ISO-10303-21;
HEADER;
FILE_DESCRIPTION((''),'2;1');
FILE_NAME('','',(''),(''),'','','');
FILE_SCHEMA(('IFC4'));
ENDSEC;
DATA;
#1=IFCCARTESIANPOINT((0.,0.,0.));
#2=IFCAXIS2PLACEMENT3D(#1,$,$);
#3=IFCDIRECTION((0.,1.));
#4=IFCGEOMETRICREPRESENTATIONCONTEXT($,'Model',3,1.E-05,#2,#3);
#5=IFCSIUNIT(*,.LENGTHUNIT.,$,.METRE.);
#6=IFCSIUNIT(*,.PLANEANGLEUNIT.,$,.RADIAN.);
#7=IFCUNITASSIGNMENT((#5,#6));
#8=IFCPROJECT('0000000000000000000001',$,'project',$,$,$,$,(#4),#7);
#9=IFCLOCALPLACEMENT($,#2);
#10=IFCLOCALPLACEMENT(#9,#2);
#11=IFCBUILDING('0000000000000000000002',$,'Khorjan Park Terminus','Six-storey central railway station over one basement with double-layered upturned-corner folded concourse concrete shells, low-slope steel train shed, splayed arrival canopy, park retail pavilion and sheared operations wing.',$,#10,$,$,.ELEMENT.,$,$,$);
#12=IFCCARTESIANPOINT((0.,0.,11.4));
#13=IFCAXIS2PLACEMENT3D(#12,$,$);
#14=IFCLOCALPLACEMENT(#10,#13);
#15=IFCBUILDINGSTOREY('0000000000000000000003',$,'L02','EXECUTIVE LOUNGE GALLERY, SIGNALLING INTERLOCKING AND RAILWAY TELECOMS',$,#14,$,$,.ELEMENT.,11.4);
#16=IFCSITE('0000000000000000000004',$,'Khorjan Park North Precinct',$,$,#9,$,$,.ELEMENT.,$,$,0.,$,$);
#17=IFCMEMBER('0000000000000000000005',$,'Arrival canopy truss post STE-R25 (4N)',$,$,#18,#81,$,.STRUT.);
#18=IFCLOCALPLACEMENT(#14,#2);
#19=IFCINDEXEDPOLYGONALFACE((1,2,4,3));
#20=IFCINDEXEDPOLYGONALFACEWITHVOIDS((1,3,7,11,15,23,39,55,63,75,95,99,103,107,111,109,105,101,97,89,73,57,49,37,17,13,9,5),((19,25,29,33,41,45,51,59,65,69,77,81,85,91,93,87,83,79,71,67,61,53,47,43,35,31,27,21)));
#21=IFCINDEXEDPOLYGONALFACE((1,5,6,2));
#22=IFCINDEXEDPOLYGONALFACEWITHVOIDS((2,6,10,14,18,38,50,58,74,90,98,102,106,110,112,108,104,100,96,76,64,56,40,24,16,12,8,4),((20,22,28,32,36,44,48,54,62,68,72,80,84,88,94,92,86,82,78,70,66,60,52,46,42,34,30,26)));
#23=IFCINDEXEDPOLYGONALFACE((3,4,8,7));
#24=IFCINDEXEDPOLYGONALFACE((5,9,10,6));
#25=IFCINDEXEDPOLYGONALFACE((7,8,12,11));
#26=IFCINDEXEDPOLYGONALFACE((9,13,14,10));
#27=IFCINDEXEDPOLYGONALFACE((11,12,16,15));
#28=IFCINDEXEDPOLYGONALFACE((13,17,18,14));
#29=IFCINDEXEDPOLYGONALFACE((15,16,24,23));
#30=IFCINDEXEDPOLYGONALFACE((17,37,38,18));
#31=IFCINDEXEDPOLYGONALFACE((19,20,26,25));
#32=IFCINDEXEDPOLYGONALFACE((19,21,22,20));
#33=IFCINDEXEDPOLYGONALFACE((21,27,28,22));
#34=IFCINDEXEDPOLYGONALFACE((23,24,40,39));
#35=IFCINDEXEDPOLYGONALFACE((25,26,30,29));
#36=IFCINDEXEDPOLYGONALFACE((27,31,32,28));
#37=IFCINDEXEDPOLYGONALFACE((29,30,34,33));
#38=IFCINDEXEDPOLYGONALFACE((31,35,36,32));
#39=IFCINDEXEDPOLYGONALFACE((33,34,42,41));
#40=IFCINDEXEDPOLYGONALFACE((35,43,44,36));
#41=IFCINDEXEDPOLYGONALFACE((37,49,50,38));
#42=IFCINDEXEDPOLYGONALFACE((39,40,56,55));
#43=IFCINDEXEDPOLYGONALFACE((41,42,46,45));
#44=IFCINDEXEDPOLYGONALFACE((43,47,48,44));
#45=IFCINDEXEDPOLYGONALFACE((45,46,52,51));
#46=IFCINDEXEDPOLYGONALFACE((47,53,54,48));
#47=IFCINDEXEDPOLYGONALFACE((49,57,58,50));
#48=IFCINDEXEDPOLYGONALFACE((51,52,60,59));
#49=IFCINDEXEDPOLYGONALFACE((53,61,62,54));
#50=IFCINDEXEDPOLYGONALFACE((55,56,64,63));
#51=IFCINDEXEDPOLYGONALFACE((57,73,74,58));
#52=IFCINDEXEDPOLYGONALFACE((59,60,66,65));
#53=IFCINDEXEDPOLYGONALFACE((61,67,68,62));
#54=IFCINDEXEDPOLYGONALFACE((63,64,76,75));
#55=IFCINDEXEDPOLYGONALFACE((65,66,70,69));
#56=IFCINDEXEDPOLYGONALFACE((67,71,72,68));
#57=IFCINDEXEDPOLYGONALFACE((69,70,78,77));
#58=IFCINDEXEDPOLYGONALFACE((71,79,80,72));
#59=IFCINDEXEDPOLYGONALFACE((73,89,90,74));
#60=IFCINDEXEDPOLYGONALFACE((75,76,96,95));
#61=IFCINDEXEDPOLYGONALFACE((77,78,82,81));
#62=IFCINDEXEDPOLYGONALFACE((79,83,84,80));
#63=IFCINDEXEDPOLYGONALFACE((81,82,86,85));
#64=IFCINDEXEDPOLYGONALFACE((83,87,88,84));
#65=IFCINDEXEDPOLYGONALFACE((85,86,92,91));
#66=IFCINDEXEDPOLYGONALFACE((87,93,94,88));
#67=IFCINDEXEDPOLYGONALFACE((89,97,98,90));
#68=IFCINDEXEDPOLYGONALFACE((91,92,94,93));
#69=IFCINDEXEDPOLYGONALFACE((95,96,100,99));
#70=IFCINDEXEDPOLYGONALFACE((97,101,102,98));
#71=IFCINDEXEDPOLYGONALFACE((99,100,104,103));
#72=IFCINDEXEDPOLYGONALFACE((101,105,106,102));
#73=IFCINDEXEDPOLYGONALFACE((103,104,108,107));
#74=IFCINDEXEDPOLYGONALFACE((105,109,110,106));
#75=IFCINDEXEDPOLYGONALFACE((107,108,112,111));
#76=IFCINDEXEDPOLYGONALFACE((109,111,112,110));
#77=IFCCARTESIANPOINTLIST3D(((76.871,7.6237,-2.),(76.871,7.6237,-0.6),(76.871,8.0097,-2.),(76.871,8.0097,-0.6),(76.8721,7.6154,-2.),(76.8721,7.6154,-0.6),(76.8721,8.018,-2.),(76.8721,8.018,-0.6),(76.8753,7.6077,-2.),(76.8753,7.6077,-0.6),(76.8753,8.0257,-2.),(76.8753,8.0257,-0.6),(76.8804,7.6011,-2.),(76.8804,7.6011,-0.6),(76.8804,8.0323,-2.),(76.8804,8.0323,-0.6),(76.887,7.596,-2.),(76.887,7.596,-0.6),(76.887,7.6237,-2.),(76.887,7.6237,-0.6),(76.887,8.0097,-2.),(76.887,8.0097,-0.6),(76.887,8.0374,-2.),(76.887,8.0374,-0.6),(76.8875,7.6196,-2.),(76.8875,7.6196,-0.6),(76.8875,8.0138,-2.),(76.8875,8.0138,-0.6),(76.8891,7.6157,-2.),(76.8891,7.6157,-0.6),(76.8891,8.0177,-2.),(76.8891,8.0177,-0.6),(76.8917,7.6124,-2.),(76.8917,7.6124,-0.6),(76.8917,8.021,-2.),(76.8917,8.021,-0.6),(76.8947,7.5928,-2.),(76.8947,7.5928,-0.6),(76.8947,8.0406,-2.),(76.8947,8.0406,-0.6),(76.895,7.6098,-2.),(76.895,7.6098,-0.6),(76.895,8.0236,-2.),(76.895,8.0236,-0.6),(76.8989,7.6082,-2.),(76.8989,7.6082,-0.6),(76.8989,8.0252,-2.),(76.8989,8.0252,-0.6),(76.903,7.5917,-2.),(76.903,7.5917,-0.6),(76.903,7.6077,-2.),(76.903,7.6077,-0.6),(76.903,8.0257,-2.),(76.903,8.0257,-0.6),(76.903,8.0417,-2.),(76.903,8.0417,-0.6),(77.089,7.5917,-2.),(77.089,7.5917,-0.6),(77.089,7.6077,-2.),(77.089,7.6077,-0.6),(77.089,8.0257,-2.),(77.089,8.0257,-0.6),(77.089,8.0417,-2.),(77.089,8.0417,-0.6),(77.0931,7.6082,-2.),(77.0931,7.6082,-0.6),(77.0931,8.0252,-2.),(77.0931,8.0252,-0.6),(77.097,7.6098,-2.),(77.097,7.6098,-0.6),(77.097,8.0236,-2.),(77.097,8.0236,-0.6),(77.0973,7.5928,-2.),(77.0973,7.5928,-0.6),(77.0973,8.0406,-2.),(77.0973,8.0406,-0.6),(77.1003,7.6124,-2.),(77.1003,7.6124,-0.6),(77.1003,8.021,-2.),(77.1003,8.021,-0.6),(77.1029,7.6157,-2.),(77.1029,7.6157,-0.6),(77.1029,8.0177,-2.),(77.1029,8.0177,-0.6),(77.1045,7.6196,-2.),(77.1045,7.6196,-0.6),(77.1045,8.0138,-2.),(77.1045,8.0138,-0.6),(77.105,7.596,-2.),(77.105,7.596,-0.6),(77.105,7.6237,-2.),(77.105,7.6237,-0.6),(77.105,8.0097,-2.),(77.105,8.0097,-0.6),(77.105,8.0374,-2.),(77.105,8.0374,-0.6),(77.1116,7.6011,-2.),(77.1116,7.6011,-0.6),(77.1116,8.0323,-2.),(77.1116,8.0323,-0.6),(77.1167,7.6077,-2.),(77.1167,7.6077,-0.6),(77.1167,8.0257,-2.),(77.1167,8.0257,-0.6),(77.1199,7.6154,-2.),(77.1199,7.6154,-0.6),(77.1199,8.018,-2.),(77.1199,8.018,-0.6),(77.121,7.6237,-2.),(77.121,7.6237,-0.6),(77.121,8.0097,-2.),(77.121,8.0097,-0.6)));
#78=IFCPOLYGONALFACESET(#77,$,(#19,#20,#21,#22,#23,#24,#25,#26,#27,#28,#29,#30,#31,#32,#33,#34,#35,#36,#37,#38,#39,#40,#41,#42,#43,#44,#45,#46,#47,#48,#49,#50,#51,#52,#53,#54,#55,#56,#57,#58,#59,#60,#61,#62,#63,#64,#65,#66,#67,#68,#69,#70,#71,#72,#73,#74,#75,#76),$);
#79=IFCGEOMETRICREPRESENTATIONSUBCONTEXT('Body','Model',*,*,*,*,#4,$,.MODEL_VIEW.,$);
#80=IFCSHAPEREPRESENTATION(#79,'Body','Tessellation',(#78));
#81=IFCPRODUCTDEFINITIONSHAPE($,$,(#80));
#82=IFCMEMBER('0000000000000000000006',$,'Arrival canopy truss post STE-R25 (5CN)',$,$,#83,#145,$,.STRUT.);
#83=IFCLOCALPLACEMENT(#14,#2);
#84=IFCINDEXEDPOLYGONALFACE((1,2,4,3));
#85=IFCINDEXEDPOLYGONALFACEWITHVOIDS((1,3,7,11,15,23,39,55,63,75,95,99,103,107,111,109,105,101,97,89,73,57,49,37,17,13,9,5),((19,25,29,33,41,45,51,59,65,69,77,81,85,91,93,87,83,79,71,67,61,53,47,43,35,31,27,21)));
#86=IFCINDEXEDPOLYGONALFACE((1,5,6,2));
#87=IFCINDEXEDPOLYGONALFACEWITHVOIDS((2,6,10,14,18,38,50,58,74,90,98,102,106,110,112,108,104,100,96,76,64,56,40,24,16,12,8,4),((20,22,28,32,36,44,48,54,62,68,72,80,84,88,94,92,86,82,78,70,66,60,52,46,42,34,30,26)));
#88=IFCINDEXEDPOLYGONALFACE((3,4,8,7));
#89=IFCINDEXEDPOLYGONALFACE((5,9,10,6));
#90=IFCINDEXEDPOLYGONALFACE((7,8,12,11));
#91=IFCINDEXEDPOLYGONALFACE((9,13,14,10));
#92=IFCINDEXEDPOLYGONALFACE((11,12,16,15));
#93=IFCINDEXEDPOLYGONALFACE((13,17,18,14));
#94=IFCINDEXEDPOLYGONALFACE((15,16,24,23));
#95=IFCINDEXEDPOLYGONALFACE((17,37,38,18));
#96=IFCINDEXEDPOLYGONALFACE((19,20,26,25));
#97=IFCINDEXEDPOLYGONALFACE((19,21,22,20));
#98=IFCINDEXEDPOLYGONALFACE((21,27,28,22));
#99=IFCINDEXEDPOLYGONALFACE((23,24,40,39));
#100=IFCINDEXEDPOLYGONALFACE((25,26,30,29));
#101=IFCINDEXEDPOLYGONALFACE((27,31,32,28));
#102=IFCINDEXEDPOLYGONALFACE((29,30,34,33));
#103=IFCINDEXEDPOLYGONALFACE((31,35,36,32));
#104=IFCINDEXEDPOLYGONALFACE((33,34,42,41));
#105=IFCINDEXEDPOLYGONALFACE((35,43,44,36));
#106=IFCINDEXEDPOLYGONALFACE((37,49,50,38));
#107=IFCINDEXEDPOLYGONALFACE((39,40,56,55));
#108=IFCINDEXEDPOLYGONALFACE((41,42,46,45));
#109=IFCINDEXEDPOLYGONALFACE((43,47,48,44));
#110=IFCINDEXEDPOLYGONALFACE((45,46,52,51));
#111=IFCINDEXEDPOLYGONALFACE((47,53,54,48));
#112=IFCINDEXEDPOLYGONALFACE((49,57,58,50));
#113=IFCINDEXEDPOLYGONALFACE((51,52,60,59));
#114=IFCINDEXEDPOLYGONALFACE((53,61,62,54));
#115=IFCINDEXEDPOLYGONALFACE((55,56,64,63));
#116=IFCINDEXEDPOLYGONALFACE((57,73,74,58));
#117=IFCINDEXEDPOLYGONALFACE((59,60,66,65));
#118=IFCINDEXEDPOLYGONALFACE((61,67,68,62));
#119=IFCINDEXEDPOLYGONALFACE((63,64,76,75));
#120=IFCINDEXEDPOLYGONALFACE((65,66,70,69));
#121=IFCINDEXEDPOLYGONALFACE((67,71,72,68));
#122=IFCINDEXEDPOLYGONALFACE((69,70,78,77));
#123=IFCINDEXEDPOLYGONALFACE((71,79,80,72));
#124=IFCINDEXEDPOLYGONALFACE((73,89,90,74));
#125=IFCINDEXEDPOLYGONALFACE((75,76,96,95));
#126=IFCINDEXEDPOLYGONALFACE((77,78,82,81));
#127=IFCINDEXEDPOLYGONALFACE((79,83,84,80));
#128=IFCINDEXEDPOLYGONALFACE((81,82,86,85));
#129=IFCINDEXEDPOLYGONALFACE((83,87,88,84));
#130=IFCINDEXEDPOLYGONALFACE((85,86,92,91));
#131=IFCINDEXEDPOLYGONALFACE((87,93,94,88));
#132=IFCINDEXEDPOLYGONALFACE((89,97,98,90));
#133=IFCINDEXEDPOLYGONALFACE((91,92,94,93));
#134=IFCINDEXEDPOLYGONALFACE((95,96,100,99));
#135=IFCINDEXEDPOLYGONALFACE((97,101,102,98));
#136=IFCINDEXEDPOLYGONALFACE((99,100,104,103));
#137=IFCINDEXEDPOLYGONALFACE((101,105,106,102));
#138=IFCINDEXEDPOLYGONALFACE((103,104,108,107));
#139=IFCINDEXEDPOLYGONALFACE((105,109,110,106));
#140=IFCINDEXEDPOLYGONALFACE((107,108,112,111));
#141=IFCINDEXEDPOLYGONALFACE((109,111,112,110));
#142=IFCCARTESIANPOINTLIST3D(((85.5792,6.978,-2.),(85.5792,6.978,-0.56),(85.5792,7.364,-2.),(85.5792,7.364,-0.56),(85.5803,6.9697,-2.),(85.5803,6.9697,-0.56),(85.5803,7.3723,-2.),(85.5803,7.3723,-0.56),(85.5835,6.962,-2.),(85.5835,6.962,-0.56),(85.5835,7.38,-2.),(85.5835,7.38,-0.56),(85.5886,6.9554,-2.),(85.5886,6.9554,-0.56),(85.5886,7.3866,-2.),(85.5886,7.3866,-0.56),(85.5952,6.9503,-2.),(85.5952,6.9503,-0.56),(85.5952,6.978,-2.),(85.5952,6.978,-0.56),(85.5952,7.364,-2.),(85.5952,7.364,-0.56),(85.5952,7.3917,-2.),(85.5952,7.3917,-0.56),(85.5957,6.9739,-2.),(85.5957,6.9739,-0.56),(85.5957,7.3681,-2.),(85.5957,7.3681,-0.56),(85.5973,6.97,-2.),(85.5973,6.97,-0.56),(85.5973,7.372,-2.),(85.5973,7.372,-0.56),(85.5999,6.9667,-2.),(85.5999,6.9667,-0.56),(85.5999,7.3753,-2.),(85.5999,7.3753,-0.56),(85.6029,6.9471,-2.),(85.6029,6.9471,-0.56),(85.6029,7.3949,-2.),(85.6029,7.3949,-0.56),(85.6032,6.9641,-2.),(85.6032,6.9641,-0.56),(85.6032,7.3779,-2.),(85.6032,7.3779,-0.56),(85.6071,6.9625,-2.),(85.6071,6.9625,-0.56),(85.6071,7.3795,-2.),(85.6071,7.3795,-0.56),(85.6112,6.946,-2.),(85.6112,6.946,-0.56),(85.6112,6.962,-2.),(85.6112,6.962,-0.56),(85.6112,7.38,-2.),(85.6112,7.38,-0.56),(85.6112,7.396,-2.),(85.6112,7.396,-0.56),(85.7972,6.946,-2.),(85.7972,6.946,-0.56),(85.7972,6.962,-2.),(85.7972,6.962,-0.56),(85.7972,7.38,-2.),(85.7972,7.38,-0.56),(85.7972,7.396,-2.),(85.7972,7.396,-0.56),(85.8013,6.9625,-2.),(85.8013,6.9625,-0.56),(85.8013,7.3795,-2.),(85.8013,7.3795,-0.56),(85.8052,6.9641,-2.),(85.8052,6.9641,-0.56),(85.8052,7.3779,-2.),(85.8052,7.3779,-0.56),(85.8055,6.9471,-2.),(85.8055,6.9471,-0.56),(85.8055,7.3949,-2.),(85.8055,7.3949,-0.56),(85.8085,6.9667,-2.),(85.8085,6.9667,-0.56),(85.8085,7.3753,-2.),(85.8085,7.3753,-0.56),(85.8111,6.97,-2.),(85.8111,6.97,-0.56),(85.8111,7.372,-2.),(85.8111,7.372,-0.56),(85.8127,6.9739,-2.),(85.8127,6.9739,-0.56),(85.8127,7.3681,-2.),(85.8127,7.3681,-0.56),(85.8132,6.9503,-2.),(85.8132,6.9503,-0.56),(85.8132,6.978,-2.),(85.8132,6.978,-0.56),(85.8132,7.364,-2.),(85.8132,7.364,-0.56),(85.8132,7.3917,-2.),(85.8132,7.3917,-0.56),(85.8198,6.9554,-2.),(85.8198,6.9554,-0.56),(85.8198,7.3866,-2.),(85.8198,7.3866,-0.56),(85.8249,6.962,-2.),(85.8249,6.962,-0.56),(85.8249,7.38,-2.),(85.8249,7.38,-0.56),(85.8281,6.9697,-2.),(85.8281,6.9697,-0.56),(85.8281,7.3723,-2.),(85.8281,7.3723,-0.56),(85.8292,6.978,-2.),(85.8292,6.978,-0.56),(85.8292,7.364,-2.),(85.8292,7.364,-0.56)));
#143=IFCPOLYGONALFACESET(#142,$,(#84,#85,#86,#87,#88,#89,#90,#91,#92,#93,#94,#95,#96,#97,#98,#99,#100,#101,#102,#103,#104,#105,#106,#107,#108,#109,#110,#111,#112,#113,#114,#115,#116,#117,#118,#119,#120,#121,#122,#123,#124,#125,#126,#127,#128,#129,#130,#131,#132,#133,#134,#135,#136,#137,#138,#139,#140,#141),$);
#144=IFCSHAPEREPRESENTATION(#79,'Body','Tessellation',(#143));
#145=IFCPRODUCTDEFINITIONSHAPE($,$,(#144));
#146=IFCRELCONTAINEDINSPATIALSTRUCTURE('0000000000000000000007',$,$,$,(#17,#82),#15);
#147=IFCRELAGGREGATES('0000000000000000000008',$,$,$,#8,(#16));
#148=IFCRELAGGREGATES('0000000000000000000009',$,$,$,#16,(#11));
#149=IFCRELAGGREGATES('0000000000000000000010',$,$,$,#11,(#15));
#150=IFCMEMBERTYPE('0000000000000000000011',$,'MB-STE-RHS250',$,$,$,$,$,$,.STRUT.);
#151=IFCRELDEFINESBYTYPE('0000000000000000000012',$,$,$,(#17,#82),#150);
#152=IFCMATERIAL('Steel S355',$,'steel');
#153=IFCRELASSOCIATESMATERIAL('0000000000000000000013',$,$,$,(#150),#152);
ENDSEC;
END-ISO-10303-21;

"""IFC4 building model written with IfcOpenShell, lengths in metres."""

from ifc_helpers import new_model, si_unit, direction, frame, origin, origin_2d, place, context, subcontext, project, spatial, hollow_rectangle, extrude, material, material_profile, profile_set, type_object, element, save


model = new_model("IFC4")

# Units and contexts
model_context = context("Model", 3, precision=1e-05, world=origin(), true_north=direction((0.0, 1.0)))
body_context = subcontext(model_context, "Body", "Model", "MODEL_VIEW")
ifc_project = project(units=[si_unit("LENGTHUNIT", "METRE"), si_unit("PLANEANGLEUNIT", "RADIAN")], contexts=[model_context])

# Site, building, storey
site_placement = place(None, origin())
site = spatial("IfcSite", under=ifc_project, at=site_placement, Name="Khorjan Park North Precinct", CompositionType="ELEMENT", RefElevation=0.0)
building_placement = place(site_placement, origin())
building = spatial("IfcBuilding", under=site, at=building_placement, Name="Khorjan Park Terminus", Description="Six-storey central railway station over one basement with double-layered upturned-corner folded concourse concrete shells, low-slope steel train shed, splayed arrival canopy, park retail pavilion and sheared operations wing.", CompositionType="ELEMENT")
storey_placement = place(building_placement, frame((0.0, 0.0, 11.4)))
storey = spatial("IfcBuildingStorey", under=building, at=storey_placement, Name="L02", Description="EXECUTIVE LOUNGE GALLERY, SIGNALLING INTERLOCKING AND RAILWAY TELECOMS", CompositionType="ELEMENT", Elevation=11.4)

# Members
ifc_material_1 = material(Name="Steel S355", Category="steel")
ifc_material_profile_1 = material_profile(ifc_material_1, hollow_rectangle(XDim=0.25, YDim=0.45, WallThickness=0.016, InnerFilletRadius=0.016, OuterFilletRadius=0.032, at=origin_2d()), Name="RHS 450x250x16")
ifc_profile_set_1 = profile_set([ifc_material_profile_1], Name="Steel S355")
member_type_1 = type_object("IfcMemberType", Name="MB-STE-RHS250", PredefinedType="STRUT", material=ifc_profile_set_1)
member_1_placement = place(storey_placement, frame((76.996, 7.8167, -2.0), z_axis=(0.0, 0.0, 1.0), x_axis=(1.0, 0.0, 0.0)))
element("IfcMember", 1, at=member_1_placement, inside=storey, type_object=member_type_1, Name="Arrival canopy truss post STE-R25 (4N)", PredefinedType="STRUT", context=body_context, shape_type="SweptSolid", body=[
    extrude(hollow_rectangle(XDim=0.25, YDim=0.45, WallThickness=0.016, InnerFilletRadius=0.016, OuterFilletRadius=0.032, at=origin_2d()), origin(), (0.0, 0.0, 1.0), 1.4),
])
member_2_placement = place(storey_placement, frame((85.7042, 7.171, -2.0), z_axis=(0.0, 0.0, 1.0), x_axis=(1.0, 0.0, 0.0)))
element("IfcMember", 2, at=member_2_placement, inside=storey, type_object=member_type_1, Name="Arrival canopy truss post STE-R25 (5CN)", PredefinedType="STRUT", context=body_context, shape_type="SweptSolid", body=[
    extrude(hollow_rectangle(XDim=0.25, YDim=0.45, WallThickness=0.016, InnerFilletRadius=0.016, OuterFilletRadius=0.032, at=origin_2d()), origin(), (0.0, 0.0, 1.0), 1.44),
])

save(model, "model.ifc")
